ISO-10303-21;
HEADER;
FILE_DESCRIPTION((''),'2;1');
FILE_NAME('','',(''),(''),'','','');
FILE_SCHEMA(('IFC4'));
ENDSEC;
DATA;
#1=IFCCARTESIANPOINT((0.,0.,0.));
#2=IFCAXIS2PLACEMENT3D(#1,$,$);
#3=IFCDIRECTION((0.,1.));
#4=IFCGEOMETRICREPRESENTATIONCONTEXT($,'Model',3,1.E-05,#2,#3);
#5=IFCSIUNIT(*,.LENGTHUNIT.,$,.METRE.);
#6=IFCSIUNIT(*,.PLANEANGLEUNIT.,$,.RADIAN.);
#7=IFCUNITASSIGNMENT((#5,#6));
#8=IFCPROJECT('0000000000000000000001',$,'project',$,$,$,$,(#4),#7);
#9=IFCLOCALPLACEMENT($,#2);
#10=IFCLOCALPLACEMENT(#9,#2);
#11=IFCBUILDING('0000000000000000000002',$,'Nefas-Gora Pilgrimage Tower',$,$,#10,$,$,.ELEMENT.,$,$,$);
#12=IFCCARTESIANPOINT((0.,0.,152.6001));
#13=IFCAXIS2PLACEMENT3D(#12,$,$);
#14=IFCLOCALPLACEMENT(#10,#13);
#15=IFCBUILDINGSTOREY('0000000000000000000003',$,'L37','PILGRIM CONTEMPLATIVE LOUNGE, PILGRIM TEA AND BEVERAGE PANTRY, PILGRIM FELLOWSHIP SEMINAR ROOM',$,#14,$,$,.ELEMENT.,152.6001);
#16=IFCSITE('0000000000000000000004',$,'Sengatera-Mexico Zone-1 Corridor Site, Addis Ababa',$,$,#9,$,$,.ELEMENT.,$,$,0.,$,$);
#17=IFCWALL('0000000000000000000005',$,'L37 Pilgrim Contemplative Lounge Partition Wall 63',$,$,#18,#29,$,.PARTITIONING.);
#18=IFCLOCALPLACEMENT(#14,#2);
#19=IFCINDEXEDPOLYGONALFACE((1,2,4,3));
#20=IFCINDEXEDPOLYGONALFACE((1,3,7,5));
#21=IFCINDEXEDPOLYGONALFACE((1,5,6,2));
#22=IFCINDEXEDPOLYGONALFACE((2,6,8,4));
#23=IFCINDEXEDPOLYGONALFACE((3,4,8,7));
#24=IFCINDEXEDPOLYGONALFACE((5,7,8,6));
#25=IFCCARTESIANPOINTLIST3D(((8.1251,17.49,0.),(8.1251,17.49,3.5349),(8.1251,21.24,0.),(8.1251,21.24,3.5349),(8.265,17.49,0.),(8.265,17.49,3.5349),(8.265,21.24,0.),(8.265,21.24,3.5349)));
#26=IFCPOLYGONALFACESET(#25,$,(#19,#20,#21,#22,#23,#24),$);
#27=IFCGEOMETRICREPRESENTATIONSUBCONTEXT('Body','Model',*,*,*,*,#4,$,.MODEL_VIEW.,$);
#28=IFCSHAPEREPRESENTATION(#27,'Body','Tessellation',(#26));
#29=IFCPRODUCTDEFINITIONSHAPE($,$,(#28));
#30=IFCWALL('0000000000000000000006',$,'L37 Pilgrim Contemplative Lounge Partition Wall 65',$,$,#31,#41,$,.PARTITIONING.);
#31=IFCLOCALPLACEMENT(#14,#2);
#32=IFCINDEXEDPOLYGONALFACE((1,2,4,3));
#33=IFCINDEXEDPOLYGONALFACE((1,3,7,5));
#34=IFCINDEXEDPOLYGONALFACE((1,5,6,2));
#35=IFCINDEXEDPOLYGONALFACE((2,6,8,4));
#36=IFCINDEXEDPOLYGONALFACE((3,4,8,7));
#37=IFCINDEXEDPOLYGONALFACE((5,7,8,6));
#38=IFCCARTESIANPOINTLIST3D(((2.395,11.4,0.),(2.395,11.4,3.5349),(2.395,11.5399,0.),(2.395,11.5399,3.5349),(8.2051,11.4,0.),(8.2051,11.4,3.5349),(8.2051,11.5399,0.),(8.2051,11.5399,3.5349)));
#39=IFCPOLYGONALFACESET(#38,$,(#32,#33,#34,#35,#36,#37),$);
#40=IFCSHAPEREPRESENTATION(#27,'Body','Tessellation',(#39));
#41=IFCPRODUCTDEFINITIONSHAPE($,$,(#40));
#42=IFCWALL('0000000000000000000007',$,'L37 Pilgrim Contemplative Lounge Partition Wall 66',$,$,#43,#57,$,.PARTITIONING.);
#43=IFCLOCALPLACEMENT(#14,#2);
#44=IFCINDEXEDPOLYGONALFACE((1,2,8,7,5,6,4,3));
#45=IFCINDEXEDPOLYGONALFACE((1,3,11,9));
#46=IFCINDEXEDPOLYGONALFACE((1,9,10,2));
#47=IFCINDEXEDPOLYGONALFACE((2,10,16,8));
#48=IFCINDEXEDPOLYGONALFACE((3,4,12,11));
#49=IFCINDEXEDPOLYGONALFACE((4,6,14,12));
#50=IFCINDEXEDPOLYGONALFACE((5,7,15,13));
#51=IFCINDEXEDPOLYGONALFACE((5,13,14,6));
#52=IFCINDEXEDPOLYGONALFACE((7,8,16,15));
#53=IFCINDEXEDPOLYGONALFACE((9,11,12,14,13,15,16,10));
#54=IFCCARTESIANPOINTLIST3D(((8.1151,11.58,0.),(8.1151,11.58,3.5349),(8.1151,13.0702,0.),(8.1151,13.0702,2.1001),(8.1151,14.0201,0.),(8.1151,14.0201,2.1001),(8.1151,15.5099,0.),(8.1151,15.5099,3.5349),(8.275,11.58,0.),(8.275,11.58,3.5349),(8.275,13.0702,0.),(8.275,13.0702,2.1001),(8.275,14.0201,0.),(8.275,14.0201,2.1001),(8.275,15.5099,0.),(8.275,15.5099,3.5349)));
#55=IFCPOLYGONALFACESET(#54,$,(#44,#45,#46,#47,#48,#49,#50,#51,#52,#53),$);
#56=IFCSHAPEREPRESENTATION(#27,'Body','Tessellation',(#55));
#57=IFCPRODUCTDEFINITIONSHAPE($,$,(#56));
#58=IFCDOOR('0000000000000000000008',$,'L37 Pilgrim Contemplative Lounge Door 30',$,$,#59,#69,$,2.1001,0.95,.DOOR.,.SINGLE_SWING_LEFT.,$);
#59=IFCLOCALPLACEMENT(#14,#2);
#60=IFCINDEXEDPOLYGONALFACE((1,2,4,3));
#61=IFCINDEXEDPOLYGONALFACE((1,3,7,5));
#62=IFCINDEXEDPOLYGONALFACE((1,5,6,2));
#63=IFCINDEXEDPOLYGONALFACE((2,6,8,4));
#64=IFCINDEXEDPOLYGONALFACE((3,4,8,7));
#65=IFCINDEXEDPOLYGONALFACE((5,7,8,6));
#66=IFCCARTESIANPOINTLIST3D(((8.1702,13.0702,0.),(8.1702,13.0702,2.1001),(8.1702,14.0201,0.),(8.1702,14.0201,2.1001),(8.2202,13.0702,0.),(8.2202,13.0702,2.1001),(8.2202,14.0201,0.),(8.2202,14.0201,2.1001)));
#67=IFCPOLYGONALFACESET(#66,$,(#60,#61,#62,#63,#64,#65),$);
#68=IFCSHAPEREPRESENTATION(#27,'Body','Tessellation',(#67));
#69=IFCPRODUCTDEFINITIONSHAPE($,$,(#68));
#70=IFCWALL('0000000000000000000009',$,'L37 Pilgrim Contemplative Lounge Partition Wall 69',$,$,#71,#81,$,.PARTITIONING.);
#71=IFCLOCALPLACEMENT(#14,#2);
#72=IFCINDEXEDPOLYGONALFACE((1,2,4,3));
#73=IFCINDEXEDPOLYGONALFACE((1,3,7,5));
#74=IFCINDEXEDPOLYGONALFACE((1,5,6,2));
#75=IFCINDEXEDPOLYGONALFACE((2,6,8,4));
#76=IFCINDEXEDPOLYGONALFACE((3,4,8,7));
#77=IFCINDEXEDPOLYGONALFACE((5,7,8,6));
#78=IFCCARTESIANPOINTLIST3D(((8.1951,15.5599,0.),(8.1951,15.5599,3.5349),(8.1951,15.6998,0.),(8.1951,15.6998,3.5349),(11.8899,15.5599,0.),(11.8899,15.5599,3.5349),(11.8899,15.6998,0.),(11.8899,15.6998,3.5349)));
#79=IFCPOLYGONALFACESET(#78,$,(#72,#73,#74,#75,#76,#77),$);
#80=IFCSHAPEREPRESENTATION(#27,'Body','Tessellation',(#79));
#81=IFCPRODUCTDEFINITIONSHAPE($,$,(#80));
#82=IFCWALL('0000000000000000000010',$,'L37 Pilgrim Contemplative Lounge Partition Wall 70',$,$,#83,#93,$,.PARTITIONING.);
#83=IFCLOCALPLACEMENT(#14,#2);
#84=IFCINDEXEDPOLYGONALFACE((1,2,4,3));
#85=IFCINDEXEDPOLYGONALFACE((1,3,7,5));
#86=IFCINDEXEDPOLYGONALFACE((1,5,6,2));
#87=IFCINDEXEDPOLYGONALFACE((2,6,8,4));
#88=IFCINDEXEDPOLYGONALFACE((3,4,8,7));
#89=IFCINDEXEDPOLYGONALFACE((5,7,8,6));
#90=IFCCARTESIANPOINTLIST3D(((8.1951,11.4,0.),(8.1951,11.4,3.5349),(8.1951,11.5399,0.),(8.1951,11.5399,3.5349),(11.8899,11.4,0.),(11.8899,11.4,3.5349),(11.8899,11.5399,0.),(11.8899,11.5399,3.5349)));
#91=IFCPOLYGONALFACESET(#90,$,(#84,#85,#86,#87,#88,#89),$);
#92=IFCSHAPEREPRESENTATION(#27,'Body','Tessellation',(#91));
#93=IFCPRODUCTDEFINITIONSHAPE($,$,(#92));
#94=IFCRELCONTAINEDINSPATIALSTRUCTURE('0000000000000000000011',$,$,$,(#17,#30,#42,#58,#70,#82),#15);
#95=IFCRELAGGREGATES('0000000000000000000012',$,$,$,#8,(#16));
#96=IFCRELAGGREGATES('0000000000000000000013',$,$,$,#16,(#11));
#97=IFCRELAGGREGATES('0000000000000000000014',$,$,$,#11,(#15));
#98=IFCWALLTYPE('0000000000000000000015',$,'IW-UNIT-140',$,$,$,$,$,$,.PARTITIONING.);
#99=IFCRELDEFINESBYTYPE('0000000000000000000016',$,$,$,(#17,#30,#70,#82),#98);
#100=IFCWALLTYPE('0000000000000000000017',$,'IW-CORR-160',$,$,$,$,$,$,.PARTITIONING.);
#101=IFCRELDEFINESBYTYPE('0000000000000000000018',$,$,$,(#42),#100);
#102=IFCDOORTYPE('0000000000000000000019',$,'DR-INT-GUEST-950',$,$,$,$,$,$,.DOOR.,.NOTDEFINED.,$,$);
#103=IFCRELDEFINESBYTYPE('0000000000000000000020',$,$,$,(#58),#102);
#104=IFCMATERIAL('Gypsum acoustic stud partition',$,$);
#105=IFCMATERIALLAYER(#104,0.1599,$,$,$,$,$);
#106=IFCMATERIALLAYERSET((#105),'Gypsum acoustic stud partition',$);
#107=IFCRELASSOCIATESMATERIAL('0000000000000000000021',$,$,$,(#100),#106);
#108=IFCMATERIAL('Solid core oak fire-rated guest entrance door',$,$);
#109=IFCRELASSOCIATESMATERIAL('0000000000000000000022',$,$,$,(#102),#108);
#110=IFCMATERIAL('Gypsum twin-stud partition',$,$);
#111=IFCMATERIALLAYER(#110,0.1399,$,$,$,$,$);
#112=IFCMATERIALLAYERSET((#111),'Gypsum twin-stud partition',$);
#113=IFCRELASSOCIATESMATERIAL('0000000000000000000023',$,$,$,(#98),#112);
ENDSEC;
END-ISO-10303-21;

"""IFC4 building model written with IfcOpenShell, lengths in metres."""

from ifc_helpers import new_model, si_unit, direction, frame, frame_2d, origin, place, context, subcontext, project, spatial, rectangle, extrude, source, transform, mapped, material, layer, layer_set, type_object, element, fill, save


model = new_model("IFC4")

# Units and contexts
model_context = context("Model", 3, precision=1e-05, world=origin(), true_north=direction((0.0, 1.0)))
body_context = subcontext(model_context, "Body", "Model", "MODEL_VIEW")
ifc_project = project(units=[si_unit("LENGTHUNIT", "METRE"), si_unit("PLANEANGLEUNIT", "RADIAN")], contexts=[model_context])

# Site, building, storey
site_placement = place(None, origin())
site = spatial("IfcSite", under=ifc_project, at=site_placement, Name="Sengatera-Mexico Zone-1 Corridor Site, Addis Ababa", CompositionType="ELEMENT", RefElevation=0.0)
building_placement = place(site_placement, origin())
building = spatial("IfcBuilding", under=site, at=building_placement, Name="Nefas-Gora Pilgrimage Tower", CompositionType="ELEMENT")
storey_placement = place(building_placement, frame((0.0, 0.0, 152.6001)))
storey = spatial("IfcBuildingStorey", under=building, at=storey_placement, Name="L37", Description="PILGRIM CONTEMPLATIVE LOUNGE, PILGRIM TEA AND BEVERAGE PANTRY, PILGRIM FELLOWSHIP SEMINAR ROOM", CompositionType="ELEMENT", Elevation=152.6001)

# Shared definitions
ifc_material_1 = material(Name="Gypsum acoustic stud partition")
ifc_layer_1 = layer(ifc_material_1, 0.1599)
ifc_layer_set_1 = layer_set([ifc_layer_1], Name="Gypsum acoustic stud partition")
wall_type_1 = type_object("IfcWallType", Name="IW-CORR-160", PredefinedType="PARTITIONING", material=ifc_layer_set_1)
ifc_material_2 = material(Name="Solid core oak fire-rated guest entrance door")
door_type_1 = type_object("IfcDoorType", Name="DR-INT-GUEST-950", OperationType="NOTDEFINED", PredefinedType="DOOR", material=ifc_material_2)
shared_shape_1 = source(origin(), body_context, "Body", "SweptSolid", [
    extrude(rectangle(XDim=0.95, YDim=2.1001, at=frame_2d((0.4751, 1.05))), frame((0.0, 0.0249, 0.0), z_axis=(0.0, -1.0, 0.0), x_axis=(1.0, 0.0, 0.0)), (0.0, 0.0, 1.0), 0.05),
])

# Walls
ifc_material_3 = material(Name="Gypsum twin-stud partition")
ifc_layer_2 = layer(ifc_material_3, 0.1399)
ifc_layer_set_2 = layer_set([ifc_layer_2], Name="Gypsum twin-stud partition")
wall_type_2 = type_object("IfcWallType", Name="IW-UNIT-140", PredefinedType="PARTITIONING", material=ifc_layer_set_2)
shared_shape_2 = source(origin(), body_context, "Body", "SweptSolid", [
    extrude(rectangle(XDim=3.75, YDim=0.1399, at=frame_2d((1.875, 0.0))), origin(), (0.0, 0.0, 1.0), 3.5349),
])
wall_1_placement = place(storey_placement, frame((8.1951, 17.49, 0.0), z_axis=(0.0, 0.0, 1.0), x_axis=(0.0, 1.0, 0.0)))
element("IfcWall", 1, at=wall_1_placement, inside=storey, type_object=wall_type_2, Name="L37 Pilgrim Contemplative Lounge Partition Wall 63", PredefinedType="PARTITIONING", context=body_context, shape_type="MappedRepresentation", body=[
    mapped(shared_shape_2, transform((0.0, 0.0, 0.0), x_axis=(1.0, 0.0, 0.0), y_axis=(0.0, 1.0, 0.0), z_axis=(0.0, 0.0, 1.0), scale=1.0)),
])
shared_shape_3 = source(origin(), body_context, "Body", "SweptSolid", [
    extrude(rectangle(XDim=5.8101, YDim=0.1399, at=frame_2d((2.905, 0.0))), origin(), (0.0, 0.0, 1.0), 3.5349),
])
wall_2_placement = place(storey_placement, frame((2.395, 11.47, 0.0), z_axis=(0.0, 0.0, 1.0), x_axis=(1.0, 0.0, 0.0)))
element("IfcWall", 2, at=wall_2_placement, inside=storey, type_object=wall_type_2, Name="L37 Pilgrim Contemplative Lounge Partition Wall 65", PredefinedType="PARTITIONING", context=body_context, shape_type="MappedRepresentation", body=[
    mapped(shared_shape_3, transform((0.0, 0.0, 0.0), x_axis=(1.0, 0.0, 0.0), y_axis=(0.0, 1.0, 0.0), z_axis=(0.0, 0.0, 1.0), scale=1.0)),
])

# Wall, opening, door
shared_shape_4 = source(origin(), body_context, "Body", "SweptSolid", [
    extrude(rectangle(XDim=3.9299, YDim=0.1599, at=frame_2d((1.9648, 0.0))), origin(), (0.0, 0.0, 1.0), 3.5349),
])
wall_3_placement = place(storey_placement, frame((8.1951, 11.5801, 0.0), z_axis=(0.0, 0.0, 1.0), x_axis=(0.0, 1.0, 0.0)))
wall_3 = element("IfcWall", 3, at=wall_3_placement, inside=storey, type_object=wall_type_1, Name="L37 Pilgrim Contemplative Lounge Partition Wall 66", PredefinedType="PARTITIONING", context=body_context, shape_type="MappedRepresentation", body=[
    mapped(shared_shape_4, transform((0.0, 0.0, 0.0), x_axis=(1.0, 0.0, 0.0), y_axis=(0.0, 1.0, 0.0), z_axis=(0.0, 0.0, 1.0), scale=1.0)),
])
opening_1_placement = place(wall_3_placement, frame((1.49, 0.0, 0.0)))
opening_1 = element("IfcOpeningElement", 4, at=opening_1_placement, cuts=wall_3, PredefinedType="OPENING", context=body_context, shape_type="SweptSolid", body=[
    extrude(rectangle(XDim=0.95, YDim=2.1001, at=frame_2d((0.4751, 1.05))), frame((0.0, 0.0898, 0.0), z_axis=(0.0, -1.0, 0.0), x_axis=(1.0, 0.0, 0.0)), (0.0, 0.0, 1.0), 0.1799),
])
door_1_placement = place(opening_1_placement, origin())
door_1 = element("IfcDoor", 5, at=door_1_placement, inside=storey, type_object=door_type_1, Name="L37 Pilgrim Contemplative Lounge Door 30", OperationType="SINGLE_SWING_LEFT", OverallHeight=2.1001, OverallWidth=0.95, PredefinedType="DOOR", context=body_context, shape_type="MappedRepresentation", body=[
    mapped(shared_shape_1, transform((0.0, 0.0, 0.0), x_axis=(1.0, 0.0, 0.0), y_axis=(0.0, 1.0, 0.0), z_axis=(0.0, 0.0, 1.0), scale=1.0)),
])
fill(opening_1, door_1)

# Walls
shared_shape_5 = source(origin(), body_context, "Body", "SweptSolid", [
    extrude(rectangle(XDim=3.6948, YDim=0.1399, at=frame_2d((1.8474, 0.0))), origin(), (0.0, 0.0, 1.0), 3.5349),
])
for number, where, z_axis, x_axis, name in (
    (6, (8.1951, 15.6299, 0.0), (0.0, 0.0, 1.0), (1.0, 0.0, 0.0), "L37 Pilgrim Contemplative Lounge Partition Wall 69"),
    (7, (8.1951, 11.47, 0.0), (0.0, 0.0, 1.0), (1.0, 0.0, 0.0), "L37 Pilgrim Contemplative Lounge Partition Wall 70"),
):
    element("IfcWall", number, at=place(storey_placement, frame(where, z_axis=z_axis, x_axis=x_axis)), inside=storey, type_object=wall_type_2, Name=name, PredefinedType="PARTITIONING", context=body_context, shape_type="MappedRepresentation", body=[
        mapped(shared_shape_5, transform((0.0, 0.0, 0.0), x_axis=(1.0, 0.0, 0.0), y_axis=(0.0, 1.0, 0.0), z_axis=(0.0, 0.0, 1.0), scale=1.0)),
    ])

save(model, "model.ifc")
